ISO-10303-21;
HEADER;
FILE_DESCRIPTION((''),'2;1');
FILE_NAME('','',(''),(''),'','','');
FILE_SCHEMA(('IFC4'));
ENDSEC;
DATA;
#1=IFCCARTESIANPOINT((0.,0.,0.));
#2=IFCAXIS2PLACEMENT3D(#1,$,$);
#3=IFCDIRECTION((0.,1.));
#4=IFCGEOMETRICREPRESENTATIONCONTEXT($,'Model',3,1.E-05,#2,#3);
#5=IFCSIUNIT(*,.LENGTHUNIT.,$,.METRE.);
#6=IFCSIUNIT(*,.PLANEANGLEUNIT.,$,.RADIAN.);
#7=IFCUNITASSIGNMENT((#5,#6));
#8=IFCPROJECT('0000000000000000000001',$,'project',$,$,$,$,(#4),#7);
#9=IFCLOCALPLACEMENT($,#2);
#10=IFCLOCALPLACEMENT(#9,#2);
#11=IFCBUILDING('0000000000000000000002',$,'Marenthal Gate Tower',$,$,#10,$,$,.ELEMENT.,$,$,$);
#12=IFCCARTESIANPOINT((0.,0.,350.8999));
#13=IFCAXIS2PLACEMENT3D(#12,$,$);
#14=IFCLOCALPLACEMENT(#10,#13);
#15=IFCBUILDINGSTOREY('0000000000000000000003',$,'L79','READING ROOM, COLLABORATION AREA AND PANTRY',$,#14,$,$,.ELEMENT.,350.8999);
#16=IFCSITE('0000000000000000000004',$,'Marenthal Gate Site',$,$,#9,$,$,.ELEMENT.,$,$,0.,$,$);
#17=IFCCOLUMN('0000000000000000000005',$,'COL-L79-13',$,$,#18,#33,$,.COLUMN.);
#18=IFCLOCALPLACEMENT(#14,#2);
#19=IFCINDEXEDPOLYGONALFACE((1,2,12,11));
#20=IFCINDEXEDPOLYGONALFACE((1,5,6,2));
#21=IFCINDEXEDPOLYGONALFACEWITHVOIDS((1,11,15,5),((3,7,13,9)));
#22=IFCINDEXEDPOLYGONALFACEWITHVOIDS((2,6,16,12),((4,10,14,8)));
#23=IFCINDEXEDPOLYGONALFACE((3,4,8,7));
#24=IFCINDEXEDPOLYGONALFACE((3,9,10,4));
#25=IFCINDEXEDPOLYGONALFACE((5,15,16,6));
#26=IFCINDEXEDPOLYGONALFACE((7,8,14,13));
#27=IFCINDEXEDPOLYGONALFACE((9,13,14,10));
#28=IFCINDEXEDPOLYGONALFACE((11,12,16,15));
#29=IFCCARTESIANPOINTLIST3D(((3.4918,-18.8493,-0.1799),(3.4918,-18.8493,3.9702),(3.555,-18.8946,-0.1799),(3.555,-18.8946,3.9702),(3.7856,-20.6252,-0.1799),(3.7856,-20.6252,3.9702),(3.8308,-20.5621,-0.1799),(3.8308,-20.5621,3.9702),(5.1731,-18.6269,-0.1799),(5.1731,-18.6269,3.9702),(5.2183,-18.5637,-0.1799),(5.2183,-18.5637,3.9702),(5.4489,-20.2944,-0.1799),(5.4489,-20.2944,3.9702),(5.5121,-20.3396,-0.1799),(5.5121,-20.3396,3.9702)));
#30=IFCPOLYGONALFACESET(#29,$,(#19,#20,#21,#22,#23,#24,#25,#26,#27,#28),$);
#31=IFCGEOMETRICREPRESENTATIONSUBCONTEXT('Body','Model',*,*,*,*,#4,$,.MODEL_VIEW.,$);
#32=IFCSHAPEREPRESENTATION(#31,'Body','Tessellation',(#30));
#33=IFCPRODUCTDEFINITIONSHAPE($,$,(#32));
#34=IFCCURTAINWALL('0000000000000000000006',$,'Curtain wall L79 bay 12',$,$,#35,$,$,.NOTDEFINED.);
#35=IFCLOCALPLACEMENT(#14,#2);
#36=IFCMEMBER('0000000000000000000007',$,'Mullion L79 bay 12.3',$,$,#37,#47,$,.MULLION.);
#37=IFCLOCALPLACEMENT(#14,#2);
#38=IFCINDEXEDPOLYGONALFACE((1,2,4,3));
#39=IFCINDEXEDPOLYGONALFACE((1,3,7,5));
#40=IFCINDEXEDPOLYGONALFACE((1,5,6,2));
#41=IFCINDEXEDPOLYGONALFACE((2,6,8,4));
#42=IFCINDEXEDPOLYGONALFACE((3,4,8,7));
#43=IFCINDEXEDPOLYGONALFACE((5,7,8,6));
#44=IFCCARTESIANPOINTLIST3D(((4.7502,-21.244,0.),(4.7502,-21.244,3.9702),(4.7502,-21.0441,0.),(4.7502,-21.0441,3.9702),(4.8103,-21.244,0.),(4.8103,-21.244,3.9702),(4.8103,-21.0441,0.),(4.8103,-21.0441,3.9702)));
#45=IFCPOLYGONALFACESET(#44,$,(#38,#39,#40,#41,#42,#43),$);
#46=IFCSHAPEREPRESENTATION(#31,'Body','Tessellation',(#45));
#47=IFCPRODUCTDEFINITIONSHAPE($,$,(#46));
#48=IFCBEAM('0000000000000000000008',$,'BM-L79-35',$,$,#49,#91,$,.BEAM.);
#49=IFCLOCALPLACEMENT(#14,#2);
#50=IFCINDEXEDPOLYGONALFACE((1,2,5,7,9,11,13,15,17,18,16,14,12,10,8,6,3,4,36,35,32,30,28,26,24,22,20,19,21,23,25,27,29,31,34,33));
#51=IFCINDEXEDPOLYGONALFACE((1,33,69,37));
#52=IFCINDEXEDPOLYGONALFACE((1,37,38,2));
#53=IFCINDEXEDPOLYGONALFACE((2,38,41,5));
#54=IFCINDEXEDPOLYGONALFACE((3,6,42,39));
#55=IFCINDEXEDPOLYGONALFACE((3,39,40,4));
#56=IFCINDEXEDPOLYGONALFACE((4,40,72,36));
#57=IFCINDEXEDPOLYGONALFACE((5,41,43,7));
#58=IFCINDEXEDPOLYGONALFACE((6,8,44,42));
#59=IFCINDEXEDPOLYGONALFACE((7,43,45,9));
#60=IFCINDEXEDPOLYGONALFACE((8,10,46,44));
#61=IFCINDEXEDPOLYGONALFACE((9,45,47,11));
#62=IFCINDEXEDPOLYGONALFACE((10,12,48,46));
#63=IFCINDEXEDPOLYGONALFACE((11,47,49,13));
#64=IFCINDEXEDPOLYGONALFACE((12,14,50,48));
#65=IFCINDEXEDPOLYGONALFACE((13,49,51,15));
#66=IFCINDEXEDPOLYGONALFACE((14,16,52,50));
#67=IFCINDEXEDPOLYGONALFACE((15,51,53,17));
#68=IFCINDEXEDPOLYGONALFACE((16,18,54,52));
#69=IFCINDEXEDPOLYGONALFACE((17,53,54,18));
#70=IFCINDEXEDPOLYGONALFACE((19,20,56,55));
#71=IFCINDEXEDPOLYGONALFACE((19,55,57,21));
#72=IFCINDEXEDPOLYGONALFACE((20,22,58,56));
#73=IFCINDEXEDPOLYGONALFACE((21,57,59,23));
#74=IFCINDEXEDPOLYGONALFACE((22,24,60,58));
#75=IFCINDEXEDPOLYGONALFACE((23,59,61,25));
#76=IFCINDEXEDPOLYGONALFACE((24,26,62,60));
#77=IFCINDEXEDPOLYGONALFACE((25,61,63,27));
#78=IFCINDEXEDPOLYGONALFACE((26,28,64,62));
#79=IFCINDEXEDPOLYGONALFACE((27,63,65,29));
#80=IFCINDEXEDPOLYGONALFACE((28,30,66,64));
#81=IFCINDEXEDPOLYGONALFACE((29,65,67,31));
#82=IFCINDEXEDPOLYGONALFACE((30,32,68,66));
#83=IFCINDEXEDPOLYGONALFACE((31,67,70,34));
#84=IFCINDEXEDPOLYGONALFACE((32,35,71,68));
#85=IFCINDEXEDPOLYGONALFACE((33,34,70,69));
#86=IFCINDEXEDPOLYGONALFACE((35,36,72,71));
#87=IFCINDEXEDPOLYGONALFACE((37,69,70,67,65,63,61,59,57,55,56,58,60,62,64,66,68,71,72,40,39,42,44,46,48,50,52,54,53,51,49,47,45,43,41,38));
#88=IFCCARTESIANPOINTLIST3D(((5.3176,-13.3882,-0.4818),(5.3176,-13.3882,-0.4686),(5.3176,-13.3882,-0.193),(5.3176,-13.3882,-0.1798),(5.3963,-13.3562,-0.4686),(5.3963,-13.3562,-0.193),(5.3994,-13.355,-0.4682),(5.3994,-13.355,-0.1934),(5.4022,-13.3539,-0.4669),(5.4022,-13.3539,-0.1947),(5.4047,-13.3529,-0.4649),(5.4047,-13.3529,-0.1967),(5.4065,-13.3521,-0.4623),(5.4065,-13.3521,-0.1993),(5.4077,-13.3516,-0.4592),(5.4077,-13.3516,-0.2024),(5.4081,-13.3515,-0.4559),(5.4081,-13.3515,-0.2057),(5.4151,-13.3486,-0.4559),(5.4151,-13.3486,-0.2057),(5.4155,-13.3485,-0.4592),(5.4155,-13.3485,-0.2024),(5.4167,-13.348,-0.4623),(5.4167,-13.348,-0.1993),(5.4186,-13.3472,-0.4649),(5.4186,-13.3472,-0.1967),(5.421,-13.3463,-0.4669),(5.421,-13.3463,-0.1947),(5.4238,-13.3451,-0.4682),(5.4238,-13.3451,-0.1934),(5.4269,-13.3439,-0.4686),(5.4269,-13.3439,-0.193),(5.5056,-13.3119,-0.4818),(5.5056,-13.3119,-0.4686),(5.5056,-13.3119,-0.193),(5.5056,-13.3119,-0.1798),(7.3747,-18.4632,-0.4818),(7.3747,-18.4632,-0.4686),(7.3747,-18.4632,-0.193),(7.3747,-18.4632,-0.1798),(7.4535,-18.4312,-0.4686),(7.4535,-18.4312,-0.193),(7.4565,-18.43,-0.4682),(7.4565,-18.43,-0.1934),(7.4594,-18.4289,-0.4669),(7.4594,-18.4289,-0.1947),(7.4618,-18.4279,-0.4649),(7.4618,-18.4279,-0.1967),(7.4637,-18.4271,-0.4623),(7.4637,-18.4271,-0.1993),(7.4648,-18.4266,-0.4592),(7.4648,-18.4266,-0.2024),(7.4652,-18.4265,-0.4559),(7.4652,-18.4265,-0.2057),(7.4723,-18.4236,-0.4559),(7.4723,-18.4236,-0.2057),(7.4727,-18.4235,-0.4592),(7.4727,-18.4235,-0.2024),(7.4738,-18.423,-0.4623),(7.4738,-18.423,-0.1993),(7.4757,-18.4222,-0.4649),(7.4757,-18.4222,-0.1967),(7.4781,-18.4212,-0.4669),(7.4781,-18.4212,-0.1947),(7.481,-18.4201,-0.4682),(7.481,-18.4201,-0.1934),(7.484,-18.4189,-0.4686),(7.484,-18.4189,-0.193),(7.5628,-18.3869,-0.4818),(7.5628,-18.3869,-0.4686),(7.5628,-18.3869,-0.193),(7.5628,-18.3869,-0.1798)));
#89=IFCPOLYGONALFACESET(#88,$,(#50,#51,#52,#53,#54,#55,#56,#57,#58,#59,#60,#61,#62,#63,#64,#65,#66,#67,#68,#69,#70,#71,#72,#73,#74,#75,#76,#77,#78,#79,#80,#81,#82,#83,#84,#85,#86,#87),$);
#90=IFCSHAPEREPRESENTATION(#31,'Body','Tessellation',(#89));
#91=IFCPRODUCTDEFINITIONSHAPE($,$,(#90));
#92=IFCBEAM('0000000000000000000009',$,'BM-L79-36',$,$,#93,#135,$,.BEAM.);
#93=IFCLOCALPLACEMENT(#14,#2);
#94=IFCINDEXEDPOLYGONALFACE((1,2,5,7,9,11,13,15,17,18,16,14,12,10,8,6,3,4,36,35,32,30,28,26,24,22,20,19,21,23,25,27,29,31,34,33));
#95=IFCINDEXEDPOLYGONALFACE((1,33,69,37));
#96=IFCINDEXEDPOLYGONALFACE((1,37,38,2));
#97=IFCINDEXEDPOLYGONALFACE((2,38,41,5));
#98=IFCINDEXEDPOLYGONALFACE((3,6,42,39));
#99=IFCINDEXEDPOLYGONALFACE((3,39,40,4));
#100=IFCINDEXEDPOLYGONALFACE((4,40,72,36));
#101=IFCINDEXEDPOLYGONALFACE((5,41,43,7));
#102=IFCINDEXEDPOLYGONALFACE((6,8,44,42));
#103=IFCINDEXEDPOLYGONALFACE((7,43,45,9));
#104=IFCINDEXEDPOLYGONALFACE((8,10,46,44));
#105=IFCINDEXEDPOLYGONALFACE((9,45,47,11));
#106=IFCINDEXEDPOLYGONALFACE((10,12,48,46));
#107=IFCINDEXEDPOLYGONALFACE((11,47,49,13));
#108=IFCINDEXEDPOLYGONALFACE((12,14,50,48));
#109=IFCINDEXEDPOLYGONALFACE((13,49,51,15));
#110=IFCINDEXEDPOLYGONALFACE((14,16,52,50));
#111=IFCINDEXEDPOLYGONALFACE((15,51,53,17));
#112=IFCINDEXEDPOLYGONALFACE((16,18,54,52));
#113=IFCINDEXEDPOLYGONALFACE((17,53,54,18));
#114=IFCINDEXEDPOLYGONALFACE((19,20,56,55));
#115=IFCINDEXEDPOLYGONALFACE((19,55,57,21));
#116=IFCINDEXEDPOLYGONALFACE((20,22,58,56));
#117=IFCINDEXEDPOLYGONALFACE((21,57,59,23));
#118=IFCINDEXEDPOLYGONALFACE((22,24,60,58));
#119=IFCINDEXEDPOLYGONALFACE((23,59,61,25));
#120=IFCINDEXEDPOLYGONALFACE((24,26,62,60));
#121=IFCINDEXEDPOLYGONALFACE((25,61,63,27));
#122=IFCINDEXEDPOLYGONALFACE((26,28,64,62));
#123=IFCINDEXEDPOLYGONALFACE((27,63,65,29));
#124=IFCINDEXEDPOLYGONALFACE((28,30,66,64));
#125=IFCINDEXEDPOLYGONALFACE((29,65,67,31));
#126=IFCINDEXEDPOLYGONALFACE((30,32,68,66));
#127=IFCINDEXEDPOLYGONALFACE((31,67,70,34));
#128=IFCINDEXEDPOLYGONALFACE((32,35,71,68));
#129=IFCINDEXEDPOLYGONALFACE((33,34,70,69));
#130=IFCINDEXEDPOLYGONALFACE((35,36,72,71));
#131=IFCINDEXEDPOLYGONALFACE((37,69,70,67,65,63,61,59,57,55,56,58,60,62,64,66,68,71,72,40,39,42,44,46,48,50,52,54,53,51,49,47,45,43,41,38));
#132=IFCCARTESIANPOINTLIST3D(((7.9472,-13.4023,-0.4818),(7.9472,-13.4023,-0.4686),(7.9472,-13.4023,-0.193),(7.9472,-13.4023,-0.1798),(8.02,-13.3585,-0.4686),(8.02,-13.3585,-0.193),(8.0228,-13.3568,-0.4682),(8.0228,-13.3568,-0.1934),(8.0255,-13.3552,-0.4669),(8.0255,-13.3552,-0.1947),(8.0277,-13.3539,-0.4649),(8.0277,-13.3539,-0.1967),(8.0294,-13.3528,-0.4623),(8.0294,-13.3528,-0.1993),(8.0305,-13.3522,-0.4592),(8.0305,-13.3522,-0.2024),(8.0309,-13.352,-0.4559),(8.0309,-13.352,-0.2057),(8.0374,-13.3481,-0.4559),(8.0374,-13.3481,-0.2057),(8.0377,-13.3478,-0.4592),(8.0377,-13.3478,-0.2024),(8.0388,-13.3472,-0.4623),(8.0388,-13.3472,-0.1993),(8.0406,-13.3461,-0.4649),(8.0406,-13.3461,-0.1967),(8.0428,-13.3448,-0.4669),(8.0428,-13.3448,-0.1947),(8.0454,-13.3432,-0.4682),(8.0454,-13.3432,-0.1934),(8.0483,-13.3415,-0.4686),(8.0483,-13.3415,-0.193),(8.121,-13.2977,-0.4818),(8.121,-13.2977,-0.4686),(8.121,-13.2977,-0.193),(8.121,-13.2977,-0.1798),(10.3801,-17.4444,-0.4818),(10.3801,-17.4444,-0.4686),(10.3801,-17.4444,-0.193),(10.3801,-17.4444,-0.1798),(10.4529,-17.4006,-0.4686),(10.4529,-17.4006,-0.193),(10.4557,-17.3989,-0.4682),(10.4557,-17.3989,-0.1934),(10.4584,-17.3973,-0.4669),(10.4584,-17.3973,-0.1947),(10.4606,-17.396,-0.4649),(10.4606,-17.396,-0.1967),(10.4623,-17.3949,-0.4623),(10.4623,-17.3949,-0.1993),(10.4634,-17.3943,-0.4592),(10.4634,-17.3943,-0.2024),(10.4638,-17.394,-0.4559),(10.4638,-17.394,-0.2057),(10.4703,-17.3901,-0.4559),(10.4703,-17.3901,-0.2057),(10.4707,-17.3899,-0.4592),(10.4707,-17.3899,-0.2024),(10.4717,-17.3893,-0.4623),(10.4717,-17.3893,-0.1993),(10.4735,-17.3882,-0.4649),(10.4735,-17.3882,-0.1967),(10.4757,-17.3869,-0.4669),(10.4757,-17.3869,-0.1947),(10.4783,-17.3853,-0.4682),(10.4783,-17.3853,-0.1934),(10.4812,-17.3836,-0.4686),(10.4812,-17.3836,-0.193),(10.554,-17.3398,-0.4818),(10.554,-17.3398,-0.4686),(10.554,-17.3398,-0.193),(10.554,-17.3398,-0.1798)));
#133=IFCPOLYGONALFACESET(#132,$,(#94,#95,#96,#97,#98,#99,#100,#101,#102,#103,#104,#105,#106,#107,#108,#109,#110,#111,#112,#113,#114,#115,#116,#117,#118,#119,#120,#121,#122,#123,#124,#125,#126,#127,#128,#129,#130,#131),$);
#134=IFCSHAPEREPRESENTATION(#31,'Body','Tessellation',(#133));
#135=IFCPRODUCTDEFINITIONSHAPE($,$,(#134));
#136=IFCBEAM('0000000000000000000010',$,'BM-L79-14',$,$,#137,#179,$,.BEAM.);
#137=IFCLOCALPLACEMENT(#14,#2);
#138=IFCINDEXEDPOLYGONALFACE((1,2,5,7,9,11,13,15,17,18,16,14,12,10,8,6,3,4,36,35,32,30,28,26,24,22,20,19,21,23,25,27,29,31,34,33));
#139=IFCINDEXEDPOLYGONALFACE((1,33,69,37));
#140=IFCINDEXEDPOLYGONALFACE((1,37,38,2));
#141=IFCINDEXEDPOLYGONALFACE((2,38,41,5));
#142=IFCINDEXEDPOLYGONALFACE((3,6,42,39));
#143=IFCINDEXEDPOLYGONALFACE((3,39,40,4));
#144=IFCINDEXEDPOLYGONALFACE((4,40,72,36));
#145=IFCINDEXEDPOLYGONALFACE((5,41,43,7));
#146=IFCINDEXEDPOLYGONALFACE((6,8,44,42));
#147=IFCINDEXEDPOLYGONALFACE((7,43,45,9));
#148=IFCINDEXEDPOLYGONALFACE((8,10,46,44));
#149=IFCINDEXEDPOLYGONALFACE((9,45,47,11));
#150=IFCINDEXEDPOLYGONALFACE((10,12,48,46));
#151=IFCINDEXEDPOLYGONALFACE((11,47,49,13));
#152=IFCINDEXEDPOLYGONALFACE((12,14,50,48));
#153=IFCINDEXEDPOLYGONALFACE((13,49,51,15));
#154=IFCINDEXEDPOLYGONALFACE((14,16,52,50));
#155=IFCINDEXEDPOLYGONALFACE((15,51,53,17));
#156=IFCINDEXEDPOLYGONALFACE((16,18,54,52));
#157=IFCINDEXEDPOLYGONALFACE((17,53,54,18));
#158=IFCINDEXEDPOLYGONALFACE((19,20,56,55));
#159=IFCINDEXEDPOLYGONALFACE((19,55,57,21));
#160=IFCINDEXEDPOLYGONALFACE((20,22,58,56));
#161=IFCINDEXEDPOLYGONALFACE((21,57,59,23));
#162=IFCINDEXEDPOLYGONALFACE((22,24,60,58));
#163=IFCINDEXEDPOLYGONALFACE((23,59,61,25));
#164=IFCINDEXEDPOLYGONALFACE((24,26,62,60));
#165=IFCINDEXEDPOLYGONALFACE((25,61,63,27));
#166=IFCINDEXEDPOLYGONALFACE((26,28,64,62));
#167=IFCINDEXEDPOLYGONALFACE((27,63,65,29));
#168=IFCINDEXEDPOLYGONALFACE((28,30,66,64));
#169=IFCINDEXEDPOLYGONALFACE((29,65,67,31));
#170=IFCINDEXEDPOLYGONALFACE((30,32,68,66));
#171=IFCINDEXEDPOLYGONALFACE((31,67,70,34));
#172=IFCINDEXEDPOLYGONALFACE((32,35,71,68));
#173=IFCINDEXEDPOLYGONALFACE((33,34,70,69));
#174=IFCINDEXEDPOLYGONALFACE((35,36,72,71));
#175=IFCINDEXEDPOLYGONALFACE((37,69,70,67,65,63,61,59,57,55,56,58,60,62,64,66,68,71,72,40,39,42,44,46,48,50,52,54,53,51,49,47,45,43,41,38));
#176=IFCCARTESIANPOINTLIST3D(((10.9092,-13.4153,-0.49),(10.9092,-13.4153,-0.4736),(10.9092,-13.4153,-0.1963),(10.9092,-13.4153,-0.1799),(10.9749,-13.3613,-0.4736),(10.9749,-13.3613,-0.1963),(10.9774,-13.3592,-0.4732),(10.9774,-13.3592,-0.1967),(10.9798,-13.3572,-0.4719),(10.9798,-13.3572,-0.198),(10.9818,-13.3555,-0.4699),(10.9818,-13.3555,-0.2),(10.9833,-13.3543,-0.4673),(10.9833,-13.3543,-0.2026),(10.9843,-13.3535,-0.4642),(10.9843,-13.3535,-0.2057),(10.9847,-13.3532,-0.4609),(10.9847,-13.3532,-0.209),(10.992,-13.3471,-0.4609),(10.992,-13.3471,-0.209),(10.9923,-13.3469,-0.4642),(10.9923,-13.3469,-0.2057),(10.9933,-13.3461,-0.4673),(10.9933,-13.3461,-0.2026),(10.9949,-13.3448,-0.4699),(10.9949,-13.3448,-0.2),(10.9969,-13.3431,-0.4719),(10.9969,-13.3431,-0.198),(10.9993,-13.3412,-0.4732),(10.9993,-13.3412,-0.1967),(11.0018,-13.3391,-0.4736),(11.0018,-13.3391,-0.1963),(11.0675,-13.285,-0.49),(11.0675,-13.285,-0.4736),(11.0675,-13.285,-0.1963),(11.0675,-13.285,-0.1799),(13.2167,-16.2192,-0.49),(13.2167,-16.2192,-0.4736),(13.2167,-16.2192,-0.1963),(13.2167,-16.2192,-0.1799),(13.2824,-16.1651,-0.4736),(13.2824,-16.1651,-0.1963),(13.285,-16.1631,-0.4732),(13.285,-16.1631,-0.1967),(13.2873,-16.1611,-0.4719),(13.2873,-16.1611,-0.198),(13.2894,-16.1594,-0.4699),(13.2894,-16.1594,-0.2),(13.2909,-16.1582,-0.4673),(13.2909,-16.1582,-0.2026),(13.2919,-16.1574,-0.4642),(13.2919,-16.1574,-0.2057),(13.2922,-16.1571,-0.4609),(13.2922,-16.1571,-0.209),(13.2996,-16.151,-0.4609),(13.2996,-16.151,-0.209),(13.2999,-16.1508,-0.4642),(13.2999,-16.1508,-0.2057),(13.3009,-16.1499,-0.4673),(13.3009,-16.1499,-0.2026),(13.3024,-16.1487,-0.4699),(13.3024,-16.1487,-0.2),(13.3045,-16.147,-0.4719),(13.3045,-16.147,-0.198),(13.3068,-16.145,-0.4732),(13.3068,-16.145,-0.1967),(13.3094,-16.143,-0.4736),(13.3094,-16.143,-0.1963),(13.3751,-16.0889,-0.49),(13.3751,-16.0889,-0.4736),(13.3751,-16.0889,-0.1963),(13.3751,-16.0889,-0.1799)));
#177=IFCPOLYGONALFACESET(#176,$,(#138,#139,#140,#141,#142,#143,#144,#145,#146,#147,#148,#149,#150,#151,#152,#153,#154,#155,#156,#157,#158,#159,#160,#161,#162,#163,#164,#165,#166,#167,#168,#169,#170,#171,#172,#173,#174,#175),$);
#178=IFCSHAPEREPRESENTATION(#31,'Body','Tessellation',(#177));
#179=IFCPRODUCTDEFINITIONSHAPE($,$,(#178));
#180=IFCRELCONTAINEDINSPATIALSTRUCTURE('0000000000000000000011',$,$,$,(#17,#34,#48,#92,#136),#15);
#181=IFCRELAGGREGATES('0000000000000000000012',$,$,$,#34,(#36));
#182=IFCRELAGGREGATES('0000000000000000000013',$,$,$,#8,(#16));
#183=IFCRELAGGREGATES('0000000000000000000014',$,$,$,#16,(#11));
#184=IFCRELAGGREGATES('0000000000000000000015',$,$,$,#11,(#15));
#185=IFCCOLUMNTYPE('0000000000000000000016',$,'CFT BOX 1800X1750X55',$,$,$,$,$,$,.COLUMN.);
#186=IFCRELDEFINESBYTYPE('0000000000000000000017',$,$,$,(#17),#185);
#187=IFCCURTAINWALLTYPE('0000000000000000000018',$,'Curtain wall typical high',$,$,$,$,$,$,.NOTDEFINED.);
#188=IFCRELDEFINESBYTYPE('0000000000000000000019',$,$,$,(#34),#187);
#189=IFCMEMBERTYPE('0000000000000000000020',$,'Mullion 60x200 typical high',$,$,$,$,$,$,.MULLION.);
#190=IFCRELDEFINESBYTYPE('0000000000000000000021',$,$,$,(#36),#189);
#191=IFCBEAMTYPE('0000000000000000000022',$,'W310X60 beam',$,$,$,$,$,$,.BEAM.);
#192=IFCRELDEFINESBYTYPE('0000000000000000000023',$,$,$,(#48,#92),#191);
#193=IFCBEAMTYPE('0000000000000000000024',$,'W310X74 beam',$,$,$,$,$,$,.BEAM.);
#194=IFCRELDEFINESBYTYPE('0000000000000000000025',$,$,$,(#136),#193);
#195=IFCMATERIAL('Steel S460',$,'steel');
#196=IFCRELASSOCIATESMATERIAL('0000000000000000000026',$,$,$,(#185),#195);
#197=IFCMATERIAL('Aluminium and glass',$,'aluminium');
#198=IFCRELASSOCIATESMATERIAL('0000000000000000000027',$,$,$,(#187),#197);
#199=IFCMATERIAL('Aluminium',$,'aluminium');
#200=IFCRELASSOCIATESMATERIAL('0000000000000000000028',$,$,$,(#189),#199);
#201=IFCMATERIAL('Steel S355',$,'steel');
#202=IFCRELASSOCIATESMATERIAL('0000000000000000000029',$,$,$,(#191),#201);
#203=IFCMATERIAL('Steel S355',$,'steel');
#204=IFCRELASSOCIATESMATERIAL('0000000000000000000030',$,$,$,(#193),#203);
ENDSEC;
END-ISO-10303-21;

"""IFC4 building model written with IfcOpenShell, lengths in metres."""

from ifc_helpers import new_model, si_unit, direction, frame, origin, origin_2d, place, context, subcontext, project, spatial, rectangle, hollow_rectangle, i_section, extrude, material, material_profile, profile_set, type_object, element, aggregate, save


model = new_model("IFC4")

# Units and contexts
model_context = context("Model", 3, precision=1e-05, world=origin(), true_north=direction((0.0, 1.0)))
body_context = subcontext(model_context, "Body", "Model", "MODEL_VIEW")
ifc_project = project(units=[si_unit("LENGTHUNIT", "METRE"), si_unit("PLANEANGLEUNIT", "RADIAN")], contexts=[model_context])

# Site, building, storey
site_placement = place(None, origin())
site = spatial("IfcSite", under=ifc_project, at=site_placement, Name="Marenthal Gate Site", CompositionType="ELEMENT", RefElevation=0.0)
building_placement = place(site_placement, origin())
building = spatial("IfcBuilding", under=site, at=building_placement, Name="Marenthal Gate Tower", CompositionType="ELEMENT")
storey_placement = place(building_placement, frame((0.0, 0.0, 350.8999)))
storey = spatial("IfcBuildingStorey", under=building, at=storey_placement, Name="L79", Description="READING ROOM, COLLABORATION AREA AND PANTRY", CompositionType="ELEMENT", Elevation=350.8999)

# Column
ifc_material_1 = material(Name="Steel S460", Category="steel")
ifc_material_profile_1 = material_profile(ifc_material_1, hollow_rectangle(XDim=1.75, YDim=1.8, WallThickness=0.0549, at=origin_2d()), Name="CFT BOX 1800X1750X55")
ifc_material_2 = material(Name="Concrete 70 MPa", Category="concrete")
ifc_material_profile_2 = material_profile(ifc_material_2, rectangle(XDim=1.6399, YDim=1.6899, at=origin_2d()), Name="CFT BOX 1800X1750X55 INFILL")
ifc_profile_set_1 = profile_set([ifc_material_profile_1, ifc_material_profile_2], Name="Steel S460 shell, Concrete 70 MPa infill")
column_type = type_object("IfcColumnType", Name="CFT BOX 1800X1750X55", PredefinedType="COLUMN", material=ifc_profile_set_1)
column_placement = place(storey_placement, frame((4.502, -19.5945, -0.1799), z_axis=(0.0, 0.0, 1.0), x_axis=(-0.986593, -0.1632, 0.0)))
element("IfcColumn", 1, at=column_placement, inside=storey, type_object=column_type, Name="COL-L79-13", PredefinedType="COLUMN", context=body_context, shape_type="SweptSolid", body=[
    extrude(hollow_rectangle(XDim=1.75, YDim=1.8, WallThickness=0.0549, at=origin_2d()), origin(), (0.0, 0.0, 1.0), 4.1501),
])

# Curtain wall, member
ifc_material_3 = material(Name="Aluminium and glass", Category="aluminium")
curtain_wall_type = type_object("IfcCurtainWallType", Name="Curtain wall typical high", PredefinedType="NOTDEFINED", material=ifc_material_3)
curtain_wall_placement = place(storey_placement, origin())
curtain_wall = element("IfcCurtainWall", 2, at=curtain_wall_placement, inside=storey, type_object=curtain_wall_type, Name="Curtain wall L79 bay 12", PredefinedType="NOTDEFINED")
ifc_material_4 = material(Name="Aluminium", Category="aluminium")
ifc_material_profile_3 = material_profile(ifc_material_4, rectangle(XDim=0.2, YDim=0.0601, at=origin_2d()), Name="60x200 aluminium mullion")
ifc_profile_set_2 = profile_set([ifc_material_profile_3], Name="Aluminium")
member_type = type_object("IfcMemberType", Name="Mullion 60x200 typical high", PredefinedType="MULLION", material=ifc_profile_set_2)
member_placement = place(storey_placement, frame((4.7803, -21.144, 0.0), z_axis=(0.0, 0.0, 1.0), x_axis=(0.0, 1.0, 0.0)))
member = element("IfcMember", 3, at=member_placement, type_object=member_type, Name="Mullion L79 bay 12.3", PredefinedType="MULLION", context=body_context, shape_type="SweptSolid", body=[
    extrude(rectangle(XDim=0.2, YDim=0.0601, at=origin_2d()), origin(), (0.0, 0.0, 1.0), 3.9702),
])

# Beams
ifc_material_5 = material(Name="Steel S355", Category="steel")
ifc_material_profile_4 = material_profile(ifc_material_5, i_section(OverallWidth=0.2029, OverallDepth=0.302, WebThickness=0.0076, FlangeThickness=0.0132, FilletRadius=0.0127, at=origin_2d()), Name="W310X60")
ifc_profile_set_3 = profile_set([ifc_material_profile_4], Name="Steel S355")
beam_type_1 = type_object("IfcBeamType", Name="W310X60 beam", PredefinedType="BEAM", material=ifc_profile_set_3)
beam_1_placement = place(storey_placement, frame((7.4688, -18.425, -0.3308), z_axis=(-0.375661, 0.926757, 0.0), x_axis=(-0.926757, -0.375661, 0.0)))
element("IfcBeam", 4, at=beam_1_placement, inside=storey, type_object=beam_type_1, Name="BM-L79-35", PredefinedType="BEAM", context=body_context, shape_type="SweptSolid", body=[
    extrude(i_section(OverallWidth=0.2029, OverallDepth=0.302, WebThickness=0.0076, FlangeThickness=0.0132, FilletRadius=0.0127, at=origin_2d()), origin(), (0.0, 0.0, 1.0), 5.4761),
])
beam_2_placement = place(storey_placement, frame((10.467, -17.3921, -0.3308), z_axis=(-0.51569, 0.856775, 0.0), x_axis=(-0.856775, -0.51569, 0.0)))
element("IfcBeam", 5, at=beam_2_placement, inside=storey, type_object=beam_type_1, Name="BM-L79-36", PredefinedType="BEAM", context=body_context, shape_type="SweptSolid", body=[
    extrude(i_section(OverallWidth=0.2029, OverallDepth=0.302, WebThickness=0.0076, FlangeThickness=0.0132, FilletRadius=0.0127, at=origin_2d()), origin(), (0.0, 0.0, 1.0), 4.7178),
])
ifc_material_6 = material(Name="Steel S355", Category="steel")
ifc_material_profile_5 = material_profile(ifc_material_6, i_section(OverallWidth=0.2051, OverallDepth=0.3101, WebThickness=0.0095, FlangeThickness=0.0164, FilletRadius=0.0127, at=origin_2d()), Name="W310X74")
ifc_profile_set_4 = profile_set([ifc_material_profile_5], Name="Steel S355")
beam_type_2 = type_object("IfcBeamType", Name="W310X74 beam", PredefinedType="BEAM", material=ifc_profile_set_4)
beam_3_placement = place(storey_placement, frame((13.2959, -16.1541, -0.335), z_axis=(-0.635457, 0.772136, 0.0), x_axis=(-0.772136, -0.635457, 0.0)))
element("IfcBeam", 6, at=beam_3_placement, inside=storey, type_object=beam_type_2, Name="BM-L79-14", PredefinedType="BEAM", context=body_context, shape_type="SweptSolid", body=[
    extrude(i_section(OverallWidth=0.2051, OverallDepth=0.3101, WebThickness=0.0095, FlangeThickness=0.0164, FilletRadius=0.0127, at=origin_2d()), origin(), (0.0, 0.0, 1.0), 3.6313),
])

aggregate(curtain_wall, [member])

save(model, "model.ifc")
